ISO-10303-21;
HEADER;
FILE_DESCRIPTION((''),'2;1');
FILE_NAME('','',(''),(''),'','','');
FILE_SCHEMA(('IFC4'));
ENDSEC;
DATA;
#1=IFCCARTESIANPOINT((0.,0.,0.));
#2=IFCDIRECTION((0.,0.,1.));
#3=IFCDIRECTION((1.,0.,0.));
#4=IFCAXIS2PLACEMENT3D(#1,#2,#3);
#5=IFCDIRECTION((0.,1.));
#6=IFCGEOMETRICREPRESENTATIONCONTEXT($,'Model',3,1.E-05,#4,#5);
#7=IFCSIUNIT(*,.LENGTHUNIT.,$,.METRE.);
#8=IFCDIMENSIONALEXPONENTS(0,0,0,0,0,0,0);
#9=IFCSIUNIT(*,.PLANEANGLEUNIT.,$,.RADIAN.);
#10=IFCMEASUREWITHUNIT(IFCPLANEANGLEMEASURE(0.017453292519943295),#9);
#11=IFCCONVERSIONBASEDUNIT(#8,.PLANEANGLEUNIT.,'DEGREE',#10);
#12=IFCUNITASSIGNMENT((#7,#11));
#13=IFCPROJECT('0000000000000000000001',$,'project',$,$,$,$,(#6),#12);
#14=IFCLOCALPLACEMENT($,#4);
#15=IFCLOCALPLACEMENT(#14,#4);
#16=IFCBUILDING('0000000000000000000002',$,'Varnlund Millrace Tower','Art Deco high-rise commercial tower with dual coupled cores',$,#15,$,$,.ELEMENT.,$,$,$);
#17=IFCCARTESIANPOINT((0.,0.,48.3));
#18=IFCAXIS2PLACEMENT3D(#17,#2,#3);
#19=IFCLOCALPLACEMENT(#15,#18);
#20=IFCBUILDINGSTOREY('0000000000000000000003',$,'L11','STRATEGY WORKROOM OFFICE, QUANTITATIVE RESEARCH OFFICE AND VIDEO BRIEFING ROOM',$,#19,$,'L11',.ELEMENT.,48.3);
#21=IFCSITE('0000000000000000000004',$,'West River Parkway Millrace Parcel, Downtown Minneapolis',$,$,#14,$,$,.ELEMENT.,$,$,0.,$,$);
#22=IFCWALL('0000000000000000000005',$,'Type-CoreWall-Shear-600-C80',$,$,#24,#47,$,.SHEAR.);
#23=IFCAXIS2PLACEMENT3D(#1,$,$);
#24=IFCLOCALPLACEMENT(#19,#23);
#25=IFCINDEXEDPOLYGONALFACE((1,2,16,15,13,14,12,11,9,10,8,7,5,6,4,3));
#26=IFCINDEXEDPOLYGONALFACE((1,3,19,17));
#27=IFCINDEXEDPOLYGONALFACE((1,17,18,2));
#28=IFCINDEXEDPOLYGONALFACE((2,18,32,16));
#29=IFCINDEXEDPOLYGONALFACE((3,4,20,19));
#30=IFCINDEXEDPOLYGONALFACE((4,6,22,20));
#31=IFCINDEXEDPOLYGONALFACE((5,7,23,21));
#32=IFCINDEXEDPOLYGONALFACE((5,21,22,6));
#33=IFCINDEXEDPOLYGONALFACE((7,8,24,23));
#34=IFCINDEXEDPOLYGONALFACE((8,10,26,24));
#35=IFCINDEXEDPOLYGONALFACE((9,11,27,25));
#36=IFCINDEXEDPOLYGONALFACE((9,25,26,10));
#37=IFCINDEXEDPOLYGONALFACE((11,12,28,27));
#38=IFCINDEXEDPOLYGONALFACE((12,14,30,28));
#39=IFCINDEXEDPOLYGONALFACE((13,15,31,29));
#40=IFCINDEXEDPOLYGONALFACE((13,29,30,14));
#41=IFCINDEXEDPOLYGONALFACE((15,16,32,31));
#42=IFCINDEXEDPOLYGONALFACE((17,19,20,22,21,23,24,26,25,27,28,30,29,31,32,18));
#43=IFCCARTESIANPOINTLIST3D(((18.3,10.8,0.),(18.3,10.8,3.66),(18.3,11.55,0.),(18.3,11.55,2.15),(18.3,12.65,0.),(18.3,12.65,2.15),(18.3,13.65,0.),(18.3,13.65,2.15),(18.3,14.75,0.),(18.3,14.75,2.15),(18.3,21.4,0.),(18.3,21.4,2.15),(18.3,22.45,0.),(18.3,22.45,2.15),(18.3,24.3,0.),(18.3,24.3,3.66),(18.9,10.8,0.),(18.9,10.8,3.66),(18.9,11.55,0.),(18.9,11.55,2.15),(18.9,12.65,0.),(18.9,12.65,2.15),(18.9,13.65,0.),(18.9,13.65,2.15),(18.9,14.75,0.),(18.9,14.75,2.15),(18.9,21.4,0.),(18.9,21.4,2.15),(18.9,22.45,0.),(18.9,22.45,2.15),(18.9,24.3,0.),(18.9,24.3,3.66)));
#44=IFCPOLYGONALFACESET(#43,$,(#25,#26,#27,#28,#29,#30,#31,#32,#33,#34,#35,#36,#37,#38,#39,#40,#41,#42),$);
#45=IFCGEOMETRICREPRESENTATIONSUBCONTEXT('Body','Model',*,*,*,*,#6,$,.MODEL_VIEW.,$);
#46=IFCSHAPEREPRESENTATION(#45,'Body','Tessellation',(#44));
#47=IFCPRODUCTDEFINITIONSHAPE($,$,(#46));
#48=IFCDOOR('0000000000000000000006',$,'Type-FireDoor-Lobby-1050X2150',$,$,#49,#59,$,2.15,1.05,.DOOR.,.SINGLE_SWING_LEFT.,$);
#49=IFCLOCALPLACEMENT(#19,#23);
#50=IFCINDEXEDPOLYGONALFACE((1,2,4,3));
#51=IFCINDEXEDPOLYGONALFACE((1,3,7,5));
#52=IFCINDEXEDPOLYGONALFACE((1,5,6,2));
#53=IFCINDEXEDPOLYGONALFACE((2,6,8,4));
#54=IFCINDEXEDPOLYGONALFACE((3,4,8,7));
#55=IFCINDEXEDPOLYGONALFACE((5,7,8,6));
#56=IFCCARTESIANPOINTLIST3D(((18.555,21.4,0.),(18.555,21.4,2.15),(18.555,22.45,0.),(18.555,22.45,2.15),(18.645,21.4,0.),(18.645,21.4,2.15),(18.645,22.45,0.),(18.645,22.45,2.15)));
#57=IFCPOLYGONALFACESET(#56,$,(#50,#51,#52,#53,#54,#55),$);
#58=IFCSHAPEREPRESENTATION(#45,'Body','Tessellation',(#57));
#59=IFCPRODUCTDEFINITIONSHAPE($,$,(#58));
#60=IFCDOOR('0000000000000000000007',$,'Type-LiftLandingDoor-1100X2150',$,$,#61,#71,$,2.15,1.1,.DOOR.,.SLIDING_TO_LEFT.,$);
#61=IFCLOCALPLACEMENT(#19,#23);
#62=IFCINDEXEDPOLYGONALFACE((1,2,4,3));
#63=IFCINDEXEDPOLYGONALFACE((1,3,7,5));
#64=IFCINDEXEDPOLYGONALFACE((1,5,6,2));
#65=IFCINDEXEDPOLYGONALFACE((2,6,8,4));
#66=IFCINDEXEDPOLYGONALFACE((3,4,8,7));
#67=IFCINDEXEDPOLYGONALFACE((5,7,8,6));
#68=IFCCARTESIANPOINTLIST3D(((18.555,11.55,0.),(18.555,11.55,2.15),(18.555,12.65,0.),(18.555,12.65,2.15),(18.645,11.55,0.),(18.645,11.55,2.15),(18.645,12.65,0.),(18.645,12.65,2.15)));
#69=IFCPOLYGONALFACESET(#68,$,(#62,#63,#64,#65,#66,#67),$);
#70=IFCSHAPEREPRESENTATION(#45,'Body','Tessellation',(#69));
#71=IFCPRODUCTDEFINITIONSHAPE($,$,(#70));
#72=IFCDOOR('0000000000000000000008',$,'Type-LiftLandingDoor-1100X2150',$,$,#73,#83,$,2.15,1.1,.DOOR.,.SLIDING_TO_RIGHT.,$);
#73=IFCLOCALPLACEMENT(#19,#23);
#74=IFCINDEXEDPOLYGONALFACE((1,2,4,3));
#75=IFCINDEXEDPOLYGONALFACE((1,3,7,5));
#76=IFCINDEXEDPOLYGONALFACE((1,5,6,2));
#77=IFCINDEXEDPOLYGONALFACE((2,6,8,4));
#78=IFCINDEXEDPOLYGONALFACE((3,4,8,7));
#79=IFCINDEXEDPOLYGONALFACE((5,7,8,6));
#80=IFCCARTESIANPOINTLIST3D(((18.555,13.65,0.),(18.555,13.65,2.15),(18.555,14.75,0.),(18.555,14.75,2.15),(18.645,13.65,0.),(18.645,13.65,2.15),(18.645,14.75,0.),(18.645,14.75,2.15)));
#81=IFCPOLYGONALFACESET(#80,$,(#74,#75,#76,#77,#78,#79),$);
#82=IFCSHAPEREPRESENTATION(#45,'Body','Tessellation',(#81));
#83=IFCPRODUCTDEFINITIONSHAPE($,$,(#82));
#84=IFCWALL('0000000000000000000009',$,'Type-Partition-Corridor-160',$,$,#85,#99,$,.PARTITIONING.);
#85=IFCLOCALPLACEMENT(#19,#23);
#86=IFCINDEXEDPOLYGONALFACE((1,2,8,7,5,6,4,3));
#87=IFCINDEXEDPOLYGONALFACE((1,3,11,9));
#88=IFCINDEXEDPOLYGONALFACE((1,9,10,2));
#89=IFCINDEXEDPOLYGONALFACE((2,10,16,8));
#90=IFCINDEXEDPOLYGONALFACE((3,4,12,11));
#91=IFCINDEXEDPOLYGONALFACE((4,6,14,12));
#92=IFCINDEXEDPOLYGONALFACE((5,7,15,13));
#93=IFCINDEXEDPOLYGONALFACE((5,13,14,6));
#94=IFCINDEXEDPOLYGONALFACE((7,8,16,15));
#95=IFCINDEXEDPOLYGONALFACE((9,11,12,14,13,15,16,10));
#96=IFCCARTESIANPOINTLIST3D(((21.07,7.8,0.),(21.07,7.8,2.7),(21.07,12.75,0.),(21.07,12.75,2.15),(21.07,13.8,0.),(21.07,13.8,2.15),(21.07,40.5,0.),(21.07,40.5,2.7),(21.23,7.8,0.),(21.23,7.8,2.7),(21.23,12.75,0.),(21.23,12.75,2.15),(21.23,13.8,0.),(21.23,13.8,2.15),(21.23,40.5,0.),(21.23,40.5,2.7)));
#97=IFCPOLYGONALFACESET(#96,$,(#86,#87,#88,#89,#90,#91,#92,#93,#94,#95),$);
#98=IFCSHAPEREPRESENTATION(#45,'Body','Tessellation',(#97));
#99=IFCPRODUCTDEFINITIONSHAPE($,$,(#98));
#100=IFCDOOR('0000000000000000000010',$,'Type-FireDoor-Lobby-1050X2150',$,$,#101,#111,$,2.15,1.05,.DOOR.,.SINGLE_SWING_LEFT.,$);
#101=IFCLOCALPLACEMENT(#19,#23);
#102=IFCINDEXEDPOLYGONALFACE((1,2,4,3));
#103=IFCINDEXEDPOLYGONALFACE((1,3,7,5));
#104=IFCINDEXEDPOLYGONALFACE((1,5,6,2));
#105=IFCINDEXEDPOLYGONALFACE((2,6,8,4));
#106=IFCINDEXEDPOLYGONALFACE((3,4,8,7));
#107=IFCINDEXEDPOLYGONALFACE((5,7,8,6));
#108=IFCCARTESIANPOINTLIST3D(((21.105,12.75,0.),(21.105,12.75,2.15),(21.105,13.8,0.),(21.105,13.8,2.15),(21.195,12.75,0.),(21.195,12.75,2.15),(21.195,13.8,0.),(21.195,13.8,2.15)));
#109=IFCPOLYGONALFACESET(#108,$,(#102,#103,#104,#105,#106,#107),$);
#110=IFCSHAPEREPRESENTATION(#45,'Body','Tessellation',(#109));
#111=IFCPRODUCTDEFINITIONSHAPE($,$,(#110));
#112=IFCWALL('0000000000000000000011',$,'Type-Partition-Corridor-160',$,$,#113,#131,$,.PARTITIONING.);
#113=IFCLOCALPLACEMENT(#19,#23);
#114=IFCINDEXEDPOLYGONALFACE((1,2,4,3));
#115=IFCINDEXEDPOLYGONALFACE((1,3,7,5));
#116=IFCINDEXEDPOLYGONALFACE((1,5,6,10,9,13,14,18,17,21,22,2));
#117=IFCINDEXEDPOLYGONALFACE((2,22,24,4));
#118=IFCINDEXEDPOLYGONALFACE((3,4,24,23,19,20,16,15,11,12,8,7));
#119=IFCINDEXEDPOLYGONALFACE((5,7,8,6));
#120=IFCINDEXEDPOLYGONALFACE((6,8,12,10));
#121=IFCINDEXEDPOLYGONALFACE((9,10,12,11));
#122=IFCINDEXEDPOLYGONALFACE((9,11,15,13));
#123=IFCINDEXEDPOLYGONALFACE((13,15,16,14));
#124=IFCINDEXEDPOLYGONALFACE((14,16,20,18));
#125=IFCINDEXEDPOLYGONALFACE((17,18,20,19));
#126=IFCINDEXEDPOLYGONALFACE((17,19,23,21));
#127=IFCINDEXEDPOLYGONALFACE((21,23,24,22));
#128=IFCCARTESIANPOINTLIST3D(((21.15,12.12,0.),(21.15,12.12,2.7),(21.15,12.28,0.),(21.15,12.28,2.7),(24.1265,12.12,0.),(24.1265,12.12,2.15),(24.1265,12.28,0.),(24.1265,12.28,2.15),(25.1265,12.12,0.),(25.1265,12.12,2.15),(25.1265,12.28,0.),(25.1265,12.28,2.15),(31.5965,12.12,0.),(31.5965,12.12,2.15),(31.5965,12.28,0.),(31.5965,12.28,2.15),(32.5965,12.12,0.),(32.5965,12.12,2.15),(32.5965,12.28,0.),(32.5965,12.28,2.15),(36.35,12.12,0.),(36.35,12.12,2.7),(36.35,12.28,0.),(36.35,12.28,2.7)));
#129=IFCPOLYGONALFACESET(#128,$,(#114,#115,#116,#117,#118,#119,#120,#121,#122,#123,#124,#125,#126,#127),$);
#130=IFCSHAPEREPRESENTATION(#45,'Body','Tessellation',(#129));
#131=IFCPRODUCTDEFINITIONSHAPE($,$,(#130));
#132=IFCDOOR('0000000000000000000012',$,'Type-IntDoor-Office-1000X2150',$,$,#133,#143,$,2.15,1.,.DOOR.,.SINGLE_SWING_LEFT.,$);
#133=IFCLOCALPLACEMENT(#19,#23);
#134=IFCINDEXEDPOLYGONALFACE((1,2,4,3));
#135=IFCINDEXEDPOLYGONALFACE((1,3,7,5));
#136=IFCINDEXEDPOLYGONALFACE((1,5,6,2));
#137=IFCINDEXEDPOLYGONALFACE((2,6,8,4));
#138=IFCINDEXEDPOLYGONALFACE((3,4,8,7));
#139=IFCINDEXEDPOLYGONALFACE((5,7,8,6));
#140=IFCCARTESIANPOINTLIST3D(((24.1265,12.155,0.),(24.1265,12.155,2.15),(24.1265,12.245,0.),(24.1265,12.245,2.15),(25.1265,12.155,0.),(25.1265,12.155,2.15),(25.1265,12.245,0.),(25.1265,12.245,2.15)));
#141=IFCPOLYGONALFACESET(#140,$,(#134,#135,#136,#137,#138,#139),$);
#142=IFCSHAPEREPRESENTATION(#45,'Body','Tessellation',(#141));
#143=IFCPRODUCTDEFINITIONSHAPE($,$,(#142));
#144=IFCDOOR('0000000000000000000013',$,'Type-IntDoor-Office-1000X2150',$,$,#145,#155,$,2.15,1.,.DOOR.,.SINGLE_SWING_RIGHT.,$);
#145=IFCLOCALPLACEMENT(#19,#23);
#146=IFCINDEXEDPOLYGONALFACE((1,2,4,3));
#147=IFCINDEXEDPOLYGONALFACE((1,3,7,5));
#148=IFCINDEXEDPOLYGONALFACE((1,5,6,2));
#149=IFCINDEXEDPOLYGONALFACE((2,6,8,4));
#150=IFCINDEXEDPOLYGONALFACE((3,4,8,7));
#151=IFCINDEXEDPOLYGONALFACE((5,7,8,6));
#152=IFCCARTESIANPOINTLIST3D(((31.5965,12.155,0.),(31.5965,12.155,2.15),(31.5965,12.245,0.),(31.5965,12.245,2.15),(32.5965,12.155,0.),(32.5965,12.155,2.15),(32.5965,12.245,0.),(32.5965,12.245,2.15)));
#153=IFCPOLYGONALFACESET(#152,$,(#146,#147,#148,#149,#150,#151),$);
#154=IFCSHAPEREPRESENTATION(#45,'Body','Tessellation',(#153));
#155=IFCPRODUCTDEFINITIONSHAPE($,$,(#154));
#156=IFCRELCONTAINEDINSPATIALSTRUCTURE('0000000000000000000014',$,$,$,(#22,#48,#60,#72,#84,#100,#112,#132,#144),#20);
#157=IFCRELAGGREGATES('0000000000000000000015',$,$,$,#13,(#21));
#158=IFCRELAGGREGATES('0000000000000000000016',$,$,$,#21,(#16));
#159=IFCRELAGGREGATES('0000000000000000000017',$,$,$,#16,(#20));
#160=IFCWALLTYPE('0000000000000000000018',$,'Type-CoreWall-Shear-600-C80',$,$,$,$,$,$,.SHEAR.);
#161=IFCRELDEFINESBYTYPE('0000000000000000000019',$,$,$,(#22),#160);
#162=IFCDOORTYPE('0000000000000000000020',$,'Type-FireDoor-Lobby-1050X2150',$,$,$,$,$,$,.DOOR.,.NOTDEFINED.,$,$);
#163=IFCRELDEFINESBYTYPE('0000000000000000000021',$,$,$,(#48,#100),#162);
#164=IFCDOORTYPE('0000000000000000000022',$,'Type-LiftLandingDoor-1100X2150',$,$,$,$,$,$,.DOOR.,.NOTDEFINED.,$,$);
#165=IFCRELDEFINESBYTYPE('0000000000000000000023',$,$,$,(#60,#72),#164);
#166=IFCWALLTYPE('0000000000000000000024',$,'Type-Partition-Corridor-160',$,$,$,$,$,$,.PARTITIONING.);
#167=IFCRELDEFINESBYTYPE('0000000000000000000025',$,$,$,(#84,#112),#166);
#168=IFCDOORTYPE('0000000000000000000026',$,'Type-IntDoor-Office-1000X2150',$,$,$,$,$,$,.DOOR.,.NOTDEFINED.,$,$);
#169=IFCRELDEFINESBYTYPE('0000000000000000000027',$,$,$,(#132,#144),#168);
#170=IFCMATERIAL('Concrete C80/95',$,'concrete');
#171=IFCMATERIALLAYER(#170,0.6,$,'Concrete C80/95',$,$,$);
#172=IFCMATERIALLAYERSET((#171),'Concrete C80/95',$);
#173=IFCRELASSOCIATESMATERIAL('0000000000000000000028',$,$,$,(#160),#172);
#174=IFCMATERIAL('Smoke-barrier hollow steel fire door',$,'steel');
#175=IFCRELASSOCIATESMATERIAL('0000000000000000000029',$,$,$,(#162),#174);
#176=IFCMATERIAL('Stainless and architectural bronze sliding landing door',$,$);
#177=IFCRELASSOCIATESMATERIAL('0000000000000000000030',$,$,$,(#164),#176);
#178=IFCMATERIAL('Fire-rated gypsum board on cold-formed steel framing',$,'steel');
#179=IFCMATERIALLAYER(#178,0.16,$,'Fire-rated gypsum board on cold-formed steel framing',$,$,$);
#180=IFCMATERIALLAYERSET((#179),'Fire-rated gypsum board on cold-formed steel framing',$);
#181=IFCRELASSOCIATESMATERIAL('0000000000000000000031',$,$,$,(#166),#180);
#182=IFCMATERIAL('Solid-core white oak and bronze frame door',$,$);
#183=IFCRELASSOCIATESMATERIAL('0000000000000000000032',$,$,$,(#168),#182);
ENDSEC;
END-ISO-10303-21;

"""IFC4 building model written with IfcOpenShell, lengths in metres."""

from ifc_helpers import new_model, entity, si_unit, converted_unit, direction, frame, origin_with_axes, origin_2d_with_axis, place, context, subcontext, project, spatial, polyline, rectangle, outline, extrude, material, layer, layer_set, type_object, element, fill, save


model = new_model("IFC4")

# Units and contexts
model_context = context("Model", 3, precision=1e-05, world=origin_with_axes(), true_north=direction((0.0, 1.0)))
body_context = subcontext(model_context, "Body", "Model", "MODEL_VIEW")
ifc_project = project(units=[si_unit("LENGTHUNIT", "METRE"), converted_unit("PLANEANGLEUNIT", "DEGREE", entity("IfcPlaneAngleMeasure", 0.017453292519943295), si_unit("PLANEANGLEUNIT", "RADIAN"), dimensions=[0, 0, 0, 0, 0, 0, 0])], contexts=[model_context])

# Site, building, storey
site_placement = place(None, origin_with_axes())
site = spatial("IfcSite", under=ifc_project, at=site_placement, Name="West River Parkway Millrace Parcel, Downtown Minneapolis", CompositionType="ELEMENT", RefElevation=0.0)
building_placement = place(site_placement, origin_with_axes())
building = spatial("IfcBuilding", under=site, at=building_placement, Name="Varnlund Millrace Tower", Description="Art Deco high-rise commercial tower with dual coupled cores", CompositionType="ELEMENT")
storey_placement = place(building_placement, frame((0.0, 0.0, 48.3), z_axis=(0.0, 0.0, 1.0), x_axis=(1.0, 0.0, 0.0)))
storey = spatial("IfcBuildingStorey", under=building, at=storey_placement, Name="L11", Description="STRATEGY WORKROOM OFFICE, QUANTITATIVE RESEARCH OFFICE AND VIDEO BRIEFING ROOM", LongName="L11", CompositionType="ELEMENT", Elevation=48.3)

# Shared definitions
ifc_material_1 = material(Name="Concrete C80/95", Category="concrete")

# Wall, openings, doors
ifc_layer_1 = layer(ifc_material_1, 0.6, Name="Concrete C80/95")
ifc_layer_set_1 = layer_set([ifc_layer_1], Name="Concrete C80/95")
wall_type_1 = type_object("IfcWallType", Name="Type-CoreWall-Shear-600-C80", PredefinedType="SHEAR", material=ifc_layer_set_1)
wall_1_placement = place(storey_placement, frame((18.6, 10.8, 0.0), z_axis=(0.0, 0.0, 1.0), x_axis=(0.0, 1.0, 0.0)))
wall_1 = element("IfcWall", 1, at=wall_1_placement, inside=storey, type_object=wall_type_1, Name="Type-CoreWall-Shear-600-C80", PredefinedType="SHEAR", context=body_context, shape_type="SweptSolid", body=[
    extrude(outline(polyline([(0.0, -0.3), (13.5, -0.3), (13.5, 0.3), (0.0, 0.3), (0.0, -0.3)])), origin_with_axes(), (0.0, 0.0, 1.0), 3.66),
])
opening_1_placement = place(wall_1_placement, frame((1.3, 0.0, 0.0), z_axis=(0.0, 0.0, 1.0), x_axis=(1.0, 0.0, 0.0)))
opening_1 = element("IfcOpeningElement", 2, at=opening_1_placement, cuts=wall_1, PredefinedType="OPENING", context=body_context, shape_type="SweptSolid", body=[
    extrude(rectangle(XDim=1.1, YDim=0.62, at=origin_2d_with_axis()), origin_with_axes(), (0.0, 0.0, 1.0), 2.15),
])
opening_2_placement = place(wall_1_placement, frame((3.4, 0.0, 0.0), z_axis=(0.0, 0.0, 1.0), x_axis=(1.0, 0.0, 0.0)))
opening_2 = element("IfcOpeningElement", 3, at=opening_2_placement, cuts=wall_1, PredefinedType="OPENING", context=body_context, shape_type="SweptSolid", body=[
    extrude(rectangle(XDim=1.1, YDim=0.62, at=origin_2d_with_axis()), origin_with_axes(), (0.0, 0.0, 1.0), 2.15),
])
opening_3_placement = place(wall_1_placement, frame((11.125, 0.0, 0.0), z_axis=(0.0, 0.0, 1.0), x_axis=(1.0, 0.0, 0.0)))
opening_3 = element("IfcOpeningElement", 4, at=opening_3_placement, cuts=wall_1, PredefinedType="OPENING", context=body_context, shape_type="SweptSolid", body=[
    extrude(rectangle(XDim=1.05, YDim=0.62, at=origin_2d_with_axis()), origin_with_axes(), (0.0, 0.0, 1.0), 2.15),
])
ifc_material_2 = material(Name="Smoke-barrier hollow steel fire door", Category="steel")
door_type_1 = type_object("IfcDoorType", Name="Type-FireDoor-Lobby-1050X2150", OperationType="NOTDEFINED", PredefinedType="DOOR", material=ifc_material_2)
door_1_placement = place(wall_1_placement, frame((11.125, 0.0, 0.0), z_axis=(0.0, 0.0, 1.0), x_axis=(1.0, 0.0, 0.0)))
door_1 = element("IfcDoor", 5, at=door_1_placement, inside=storey, type_object=door_type_1, Name="Type-FireDoor-Lobby-1050X2150", OperationType="SINGLE_SWING_LEFT", OverallHeight=2.15, OverallWidth=1.05, PredefinedType="DOOR", context=body_context, shape_type="SweptSolid", body=[
    extrude(rectangle(XDim=1.05, YDim=0.09, at=origin_2d_with_axis()), origin_with_axes(), (0.0, 0.0, 1.0), 2.15),
])
fill(opening_3, door_1)
ifc_material_3 = material(Name="Stainless and architectural bronze sliding landing door")
door_type_2 = type_object("IfcDoorType", Name="Type-LiftLandingDoor-1100X2150", OperationType="NOTDEFINED", PredefinedType="DOOR", material=ifc_material_3)
door_2_placement = place(wall_1_placement, frame((1.3, 0.0, 0.0), z_axis=(0.0, 0.0, 1.0), x_axis=(1.0, 0.0, 0.0)))
door_2 = element("IfcDoor", 6, at=door_2_placement, inside=storey, type_object=door_type_2, Name="Type-LiftLandingDoor-1100X2150", OperationType="SLIDING_TO_LEFT", OverallHeight=2.15, OverallWidth=1.1, PredefinedType="DOOR", context=body_context, shape_type="SweptSolid", body=[
    extrude(rectangle(XDim=1.1, YDim=0.09, at=origin_2d_with_axis()), origin_with_axes(), (0.0, 0.0, 1.0), 2.15),
])
fill(opening_1, door_2)
door_3_placement = place(wall_1_placement, frame((3.4, 0.0, 0.0), z_axis=(0.0, 0.0, 1.0), x_axis=(1.0, 0.0, 0.0)))
door_3 = element("IfcDoor", 7, at=door_3_placement, inside=storey, type_object=door_type_2, Name="Type-LiftLandingDoor-1100X2150", OperationType="SLIDING_TO_RIGHT", OverallHeight=2.15, OverallWidth=1.1, PredefinedType="DOOR", context=body_context, shape_type="SweptSolid", body=[
    extrude(rectangle(XDim=1.1, YDim=0.09, at=origin_2d_with_axis()), origin_with_axes(), (0.0, 0.0, 1.0), 2.15),
])
fill(opening_2, door_3)

# Wall, opening, door
ifc_material_4 = material(Name="Fire-rated gypsum board on cold-formed steel framing", Category="steel")
ifc_layer_2 = layer(ifc_material_4, 0.16, Name="Fire-rated gypsum board on cold-formed steel framing")
ifc_layer_set_2 = layer_set([ifc_layer_2], Name="Fire-rated gypsum board on cold-formed steel framing")
wall_type_2 = type_object("IfcWallType", Name="Type-Partition-Corridor-160", PredefinedType="PARTITIONING", material=ifc_layer_set_2)
wall_2_placement = place(storey_placement, frame((21.15, 7.8, 0.0), z_axis=(0.0, 0.0, 1.0), x_axis=(0.0, 1.0, 0.0)))
wall_2 = element("IfcWall", 8, at=wall_2_placement, inside=storey, type_object=wall_type_2, Name="Type-Partition-Corridor-160", PredefinedType="PARTITIONING", context=body_context, shape_type="SweptSolid", body=[
    extrude(outline(polyline([(0.0, -0.08), (32.7, -0.08), (32.7, 0.08), (0.0, 0.08), (0.0, -0.08)])), origin_with_axes(), (0.0, 0.0, 1.0), 2.7),
])
opening_4_placement = place(wall_2_placement, frame((5.475, 0.0, 0.0), z_axis=(0.0, 0.0, 1.0), x_axis=(1.0, 0.0, 0.0)))
opening_4 = element("IfcOpeningElement", 9, at=opening_4_placement, cuts=wall_2, PredefinedType="OPENING", context=body_context, shape_type="SweptSolid", body=[
    extrude(rectangle(XDim=1.05, YDim=0.18, at=origin_2d_with_axis()), origin_with_axes(), (0.0, 0.0, 1.0), 2.15),
])
door_4_placement = place(wall_2_placement, frame((5.475, 0.0, 0.0), z_axis=(0.0, 0.0, 1.0), x_axis=(1.0, 0.0, 0.0)))
door_4 = element("IfcDoor", 10, at=door_4_placement, inside=storey, type_object=door_type_1, Name="Type-FireDoor-Lobby-1050X2150", OperationType="SINGLE_SWING_LEFT", OverallHeight=2.15, OverallWidth=1.05, PredefinedType="DOOR", context=body_context, shape_type="SweptSolid", body=[
    extrude(rectangle(XDim=1.05, YDim=0.09, at=origin_2d_with_axis()), origin_with_axes(), (0.0, 0.0, 1.0), 2.15),
])
fill(opening_4, door_4)

# Wall, openings, doors
wall_3_placement = place(storey_placement, frame((21.15, 12.2, 0.0), z_axis=(0.0, 0.0, 1.0), x_axis=(1.0, 0.0, 0.0)))
wall_3 = element("IfcWall", 11, at=wall_3_placement, inside=storey, type_object=wall_type_2, Name="Type-Partition-Corridor-160", PredefinedType="PARTITIONING", context=body_context, shape_type="SweptSolid", body=[
    extrude(outline(polyline([(0.0, -0.08), (15.2, -0.08), (15.2, 0.08), (0.0, 0.08), (0.0, -0.08)])), origin_with_axes(), (0.0, 0.0, 1.0), 2.7),
])
opening_5_placement = place(wall_3_placement, frame((3.4765, 0.0, 0.0), z_axis=(0.0, 0.0, 1.0), x_axis=(1.0, 0.0, 0.0)))
opening_5 = element("IfcOpeningElement", 12, at=opening_5_placement, cuts=wall_3, PredefinedType="OPENING", context=body_context, shape_type="SweptSolid", body=[
    extrude(rectangle(XDim=1.0, YDim=0.18, at=origin_2d_with_axis()), origin_with_axes(), (0.0, 0.0, 1.0), 2.15),
])
opening_6_placement = place(wall_3_placement, frame((10.9465, 0.0, 0.0), z_axis=(0.0, 0.0, 1.0), x_axis=(1.0, 0.0, 0.0)))
opening_6 = element("IfcOpeningElement", 13, at=opening_6_placement, cuts=wall_3, PredefinedType="OPENING", context=body_context, shape_type="SweptSolid", body=[
    extrude(rectangle(XDim=1.0, YDim=0.18, at=origin_2d_with_axis()), origin_with_axes(), (0.0, 0.0, 1.0), 2.15),
])
ifc_material_5 = material(Name="Solid-core white oak and bronze frame door")
door_type_3 = type_object("IfcDoorType", Name="Type-IntDoor-Office-1000X2150", OperationType="NOTDEFINED", PredefinedType="DOOR", material=ifc_material_5)
door_5_placement = place(wall_3_placement, frame((3.4765, 0.0, 0.0), z_axis=(0.0, 0.0, 1.0), x_axis=(1.0, 0.0, 0.0)))
door_5 = element("IfcDoor", 14, at=door_5_placement, inside=storey, type_object=door_type_3, Name="Type-IntDoor-Office-1000X2150", OperationType="SINGLE_SWING_LEFT", OverallHeight=2.15, OverallWidth=1.0, PredefinedType="DOOR", context=body_context, shape_type="SweptSolid", body=[
    extrude(rectangle(XDim=1.0, YDim=0.09, at=origin_2d_with_axis()), origin_with_axes(), (0.0, 0.0, 1.0), 2.15),
])
fill(opening_5, door_5)
door_6_placement = place(wall_3_placement, frame((10.9465, 0.0, 0.0), z_axis=(0.0, 0.0, 1.0), x_axis=(1.0, 0.0, 0.0)))
door_6 = element("IfcDoor", 15, at=door_6_placement, inside=storey, type_object=door_type_3, Name="Type-IntDoor-Office-1000X2150", OperationType="SINGLE_SWING_RIGHT", OverallHeight=2.15, OverallWidth=1.0, PredefinedType="DOOR", context=body_context, shape_type="SweptSolid", body=[
    extrude(rectangle(XDim=1.0, YDim=0.09, at=origin_2d_with_axis()), origin_with_axes(), (0.0, 0.0, 1.0), 2.15),
])
fill(opening_6, door_6)

save(model, "model.ifc")
